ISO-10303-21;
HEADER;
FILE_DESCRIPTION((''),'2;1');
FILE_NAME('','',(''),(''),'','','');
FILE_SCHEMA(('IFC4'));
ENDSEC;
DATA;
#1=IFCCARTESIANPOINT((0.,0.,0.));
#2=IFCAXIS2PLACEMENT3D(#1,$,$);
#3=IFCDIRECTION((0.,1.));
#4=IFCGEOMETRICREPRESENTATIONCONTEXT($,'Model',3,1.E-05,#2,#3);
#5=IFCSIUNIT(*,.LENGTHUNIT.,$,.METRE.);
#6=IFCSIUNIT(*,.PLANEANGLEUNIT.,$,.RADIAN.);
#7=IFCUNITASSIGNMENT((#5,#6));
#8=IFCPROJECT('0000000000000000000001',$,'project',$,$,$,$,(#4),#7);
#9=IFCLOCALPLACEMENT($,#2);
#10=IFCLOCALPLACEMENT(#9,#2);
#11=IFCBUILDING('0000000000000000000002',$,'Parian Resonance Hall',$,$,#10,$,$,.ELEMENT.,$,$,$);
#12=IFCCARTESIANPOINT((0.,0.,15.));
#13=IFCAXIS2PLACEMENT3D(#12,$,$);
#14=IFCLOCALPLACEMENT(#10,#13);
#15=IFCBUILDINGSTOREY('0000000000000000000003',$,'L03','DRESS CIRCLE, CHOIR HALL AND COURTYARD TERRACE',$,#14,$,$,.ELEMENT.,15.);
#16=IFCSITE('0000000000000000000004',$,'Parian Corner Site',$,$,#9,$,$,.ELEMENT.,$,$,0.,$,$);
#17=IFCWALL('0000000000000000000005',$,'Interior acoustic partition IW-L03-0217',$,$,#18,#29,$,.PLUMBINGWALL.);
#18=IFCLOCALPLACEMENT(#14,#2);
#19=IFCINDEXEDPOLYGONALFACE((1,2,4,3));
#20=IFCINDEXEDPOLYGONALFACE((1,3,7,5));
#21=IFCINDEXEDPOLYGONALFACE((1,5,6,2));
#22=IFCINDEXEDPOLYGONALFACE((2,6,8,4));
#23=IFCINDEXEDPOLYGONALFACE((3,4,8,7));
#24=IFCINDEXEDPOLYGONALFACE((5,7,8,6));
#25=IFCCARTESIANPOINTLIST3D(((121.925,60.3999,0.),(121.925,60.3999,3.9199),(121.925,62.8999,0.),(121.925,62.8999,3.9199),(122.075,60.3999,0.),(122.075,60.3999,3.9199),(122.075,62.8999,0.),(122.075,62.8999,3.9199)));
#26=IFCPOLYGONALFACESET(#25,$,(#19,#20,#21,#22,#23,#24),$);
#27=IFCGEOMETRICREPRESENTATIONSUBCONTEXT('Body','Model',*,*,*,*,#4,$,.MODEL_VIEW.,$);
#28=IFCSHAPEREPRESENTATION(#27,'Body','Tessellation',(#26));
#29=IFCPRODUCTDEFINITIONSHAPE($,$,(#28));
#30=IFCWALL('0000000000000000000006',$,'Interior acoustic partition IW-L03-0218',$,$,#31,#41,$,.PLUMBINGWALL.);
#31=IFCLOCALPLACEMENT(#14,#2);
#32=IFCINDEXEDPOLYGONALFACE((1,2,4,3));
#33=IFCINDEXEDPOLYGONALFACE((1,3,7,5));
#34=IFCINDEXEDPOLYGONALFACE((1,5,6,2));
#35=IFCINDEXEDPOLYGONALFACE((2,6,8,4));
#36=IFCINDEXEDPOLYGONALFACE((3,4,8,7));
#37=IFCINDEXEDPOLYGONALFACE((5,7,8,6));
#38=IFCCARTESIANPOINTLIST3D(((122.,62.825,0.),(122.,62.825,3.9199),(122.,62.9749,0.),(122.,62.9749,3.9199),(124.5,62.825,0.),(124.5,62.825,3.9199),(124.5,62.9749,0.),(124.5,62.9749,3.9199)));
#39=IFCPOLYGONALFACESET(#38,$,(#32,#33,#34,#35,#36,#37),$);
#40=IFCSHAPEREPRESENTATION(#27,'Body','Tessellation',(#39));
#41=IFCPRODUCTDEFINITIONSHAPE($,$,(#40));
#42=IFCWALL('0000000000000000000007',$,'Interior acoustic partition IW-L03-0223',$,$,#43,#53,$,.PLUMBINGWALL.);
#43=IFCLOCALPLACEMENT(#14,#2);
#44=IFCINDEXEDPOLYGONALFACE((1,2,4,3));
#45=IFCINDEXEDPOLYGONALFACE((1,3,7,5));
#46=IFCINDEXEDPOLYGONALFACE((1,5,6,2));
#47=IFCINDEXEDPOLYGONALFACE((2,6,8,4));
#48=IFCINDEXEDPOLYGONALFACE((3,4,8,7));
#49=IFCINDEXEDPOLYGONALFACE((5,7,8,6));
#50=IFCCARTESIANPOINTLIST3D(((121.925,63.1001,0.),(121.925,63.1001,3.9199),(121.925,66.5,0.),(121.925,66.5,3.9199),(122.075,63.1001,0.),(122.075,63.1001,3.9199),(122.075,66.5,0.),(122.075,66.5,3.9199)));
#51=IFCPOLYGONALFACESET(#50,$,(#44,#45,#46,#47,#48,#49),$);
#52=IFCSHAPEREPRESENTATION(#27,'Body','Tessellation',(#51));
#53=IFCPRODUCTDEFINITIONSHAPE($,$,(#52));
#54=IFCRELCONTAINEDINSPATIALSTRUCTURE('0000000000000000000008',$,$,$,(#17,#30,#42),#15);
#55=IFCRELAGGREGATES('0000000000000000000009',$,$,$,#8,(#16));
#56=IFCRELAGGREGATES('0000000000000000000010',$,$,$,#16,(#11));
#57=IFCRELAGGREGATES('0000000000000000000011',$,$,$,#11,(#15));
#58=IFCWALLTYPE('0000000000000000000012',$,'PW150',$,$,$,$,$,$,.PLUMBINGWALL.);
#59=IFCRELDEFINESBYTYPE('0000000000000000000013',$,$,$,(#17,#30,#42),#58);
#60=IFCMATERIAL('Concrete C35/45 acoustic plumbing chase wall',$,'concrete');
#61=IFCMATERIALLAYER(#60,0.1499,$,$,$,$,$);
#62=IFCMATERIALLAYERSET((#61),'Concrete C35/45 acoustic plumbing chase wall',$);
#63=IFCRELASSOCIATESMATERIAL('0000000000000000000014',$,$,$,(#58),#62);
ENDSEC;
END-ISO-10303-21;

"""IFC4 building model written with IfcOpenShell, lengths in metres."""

from ifc_helpers import new_model, si_unit, direction, frame, frame_2d, origin, place, context, subcontext, project, spatial, rectangle, extrude, material, layer, layer_set, type_object, element, save


model = new_model("IFC4")

# Units and contexts
model_context = context("Model", 3, precision=1e-05, world=origin(), true_north=direction((0.0, 1.0)))
body_context = subcontext(model_context, "Body", "Model", "MODEL_VIEW")
ifc_project = project(units=[si_unit("LENGTHUNIT", "METRE"), si_unit("PLANEANGLEUNIT", "RADIAN")], contexts=[model_context])

# Site, building, storey
site_placement = place(None, origin())
site = spatial("IfcSite", under=ifc_project, at=site_placement, Name="Parian Corner Site", CompositionType="ELEMENT", RefElevation=0.0)
building_placement = place(site_placement, origin())
building = spatial("IfcBuilding", under=site, at=building_placement, Name="Parian Resonance Hall", CompositionType="ELEMENT")
storey_placement = place(building_placement, frame((0.0, 0.0, 15.0)))
storey = spatial("IfcBuildingStorey", under=building, at=storey_placement, Name="L03", Description="DRESS CIRCLE, CHOIR HALL AND COURTYARD TERRACE", CompositionType="ELEMENT", Elevation=15.0)

# Walls
ifc_material_1 = material(Name="Concrete C35/45 acoustic plumbing chase wall", Category="concrete")
ifc_layer_1 = layer(ifc_material_1, 0.1499)
ifc_layer_set_1 = layer_set([ifc_layer_1], Name="Concrete C35/45 acoustic plumbing chase wall")
wall_type_1 = type_object("IfcWallType", Name="PW150", PredefinedType="PLUMBINGWALL", material=ifc_layer_set_1)
for number, where, z_axis, x_axis, name in (
    (1, (122.0, 60.3999, 0.0), (0.0, 0.0, 1.0), (0.0, 1.0, 0.0), "Interior acoustic partition IW-L03-0217"),
    (2, (122.0, 62.8999, 0.0), (0.0, 0.0, 1.0), (1.0, 0.0, 0.0), "Interior acoustic partition IW-L03-0218"),
):
    element("IfcWall", number, at=place(storey_placement, frame(where, z_axis=z_axis, x_axis=x_axis)), inside=storey, type_object=wall_type_1, Name=name, PredefinedType="PLUMBINGWALL", context=body_context, shape_type="SweptSolid", body=[
        extrude(rectangle(XDim=2.5, YDim=0.1499, at=frame_2d((1.25, 0.0))), origin(), (0.0, 0.0, 1.0), 3.9199),
    ])
wall_1_placement = place(storey_placement, frame((122.0, 63.1001, 0.0), z_axis=(0.0, 0.0, 1.0), x_axis=(0.0, 1.0, 0.0)))
element("IfcWall", 3, at=wall_1_placement, inside=storey, type_object=wall_type_1, Name="Interior acoustic partition IW-L03-0223", PredefinedType="PLUMBINGWALL", context=body_context, shape_type="SweptSolid", body=[
    extrude(rectangle(XDim=3.3999, YDim=0.1499, at=frame_2d((1.7, 0.0))), origin(), (0.0, 0.0, 1.0), 3.9199),
])

save(model, "model.ifc")
